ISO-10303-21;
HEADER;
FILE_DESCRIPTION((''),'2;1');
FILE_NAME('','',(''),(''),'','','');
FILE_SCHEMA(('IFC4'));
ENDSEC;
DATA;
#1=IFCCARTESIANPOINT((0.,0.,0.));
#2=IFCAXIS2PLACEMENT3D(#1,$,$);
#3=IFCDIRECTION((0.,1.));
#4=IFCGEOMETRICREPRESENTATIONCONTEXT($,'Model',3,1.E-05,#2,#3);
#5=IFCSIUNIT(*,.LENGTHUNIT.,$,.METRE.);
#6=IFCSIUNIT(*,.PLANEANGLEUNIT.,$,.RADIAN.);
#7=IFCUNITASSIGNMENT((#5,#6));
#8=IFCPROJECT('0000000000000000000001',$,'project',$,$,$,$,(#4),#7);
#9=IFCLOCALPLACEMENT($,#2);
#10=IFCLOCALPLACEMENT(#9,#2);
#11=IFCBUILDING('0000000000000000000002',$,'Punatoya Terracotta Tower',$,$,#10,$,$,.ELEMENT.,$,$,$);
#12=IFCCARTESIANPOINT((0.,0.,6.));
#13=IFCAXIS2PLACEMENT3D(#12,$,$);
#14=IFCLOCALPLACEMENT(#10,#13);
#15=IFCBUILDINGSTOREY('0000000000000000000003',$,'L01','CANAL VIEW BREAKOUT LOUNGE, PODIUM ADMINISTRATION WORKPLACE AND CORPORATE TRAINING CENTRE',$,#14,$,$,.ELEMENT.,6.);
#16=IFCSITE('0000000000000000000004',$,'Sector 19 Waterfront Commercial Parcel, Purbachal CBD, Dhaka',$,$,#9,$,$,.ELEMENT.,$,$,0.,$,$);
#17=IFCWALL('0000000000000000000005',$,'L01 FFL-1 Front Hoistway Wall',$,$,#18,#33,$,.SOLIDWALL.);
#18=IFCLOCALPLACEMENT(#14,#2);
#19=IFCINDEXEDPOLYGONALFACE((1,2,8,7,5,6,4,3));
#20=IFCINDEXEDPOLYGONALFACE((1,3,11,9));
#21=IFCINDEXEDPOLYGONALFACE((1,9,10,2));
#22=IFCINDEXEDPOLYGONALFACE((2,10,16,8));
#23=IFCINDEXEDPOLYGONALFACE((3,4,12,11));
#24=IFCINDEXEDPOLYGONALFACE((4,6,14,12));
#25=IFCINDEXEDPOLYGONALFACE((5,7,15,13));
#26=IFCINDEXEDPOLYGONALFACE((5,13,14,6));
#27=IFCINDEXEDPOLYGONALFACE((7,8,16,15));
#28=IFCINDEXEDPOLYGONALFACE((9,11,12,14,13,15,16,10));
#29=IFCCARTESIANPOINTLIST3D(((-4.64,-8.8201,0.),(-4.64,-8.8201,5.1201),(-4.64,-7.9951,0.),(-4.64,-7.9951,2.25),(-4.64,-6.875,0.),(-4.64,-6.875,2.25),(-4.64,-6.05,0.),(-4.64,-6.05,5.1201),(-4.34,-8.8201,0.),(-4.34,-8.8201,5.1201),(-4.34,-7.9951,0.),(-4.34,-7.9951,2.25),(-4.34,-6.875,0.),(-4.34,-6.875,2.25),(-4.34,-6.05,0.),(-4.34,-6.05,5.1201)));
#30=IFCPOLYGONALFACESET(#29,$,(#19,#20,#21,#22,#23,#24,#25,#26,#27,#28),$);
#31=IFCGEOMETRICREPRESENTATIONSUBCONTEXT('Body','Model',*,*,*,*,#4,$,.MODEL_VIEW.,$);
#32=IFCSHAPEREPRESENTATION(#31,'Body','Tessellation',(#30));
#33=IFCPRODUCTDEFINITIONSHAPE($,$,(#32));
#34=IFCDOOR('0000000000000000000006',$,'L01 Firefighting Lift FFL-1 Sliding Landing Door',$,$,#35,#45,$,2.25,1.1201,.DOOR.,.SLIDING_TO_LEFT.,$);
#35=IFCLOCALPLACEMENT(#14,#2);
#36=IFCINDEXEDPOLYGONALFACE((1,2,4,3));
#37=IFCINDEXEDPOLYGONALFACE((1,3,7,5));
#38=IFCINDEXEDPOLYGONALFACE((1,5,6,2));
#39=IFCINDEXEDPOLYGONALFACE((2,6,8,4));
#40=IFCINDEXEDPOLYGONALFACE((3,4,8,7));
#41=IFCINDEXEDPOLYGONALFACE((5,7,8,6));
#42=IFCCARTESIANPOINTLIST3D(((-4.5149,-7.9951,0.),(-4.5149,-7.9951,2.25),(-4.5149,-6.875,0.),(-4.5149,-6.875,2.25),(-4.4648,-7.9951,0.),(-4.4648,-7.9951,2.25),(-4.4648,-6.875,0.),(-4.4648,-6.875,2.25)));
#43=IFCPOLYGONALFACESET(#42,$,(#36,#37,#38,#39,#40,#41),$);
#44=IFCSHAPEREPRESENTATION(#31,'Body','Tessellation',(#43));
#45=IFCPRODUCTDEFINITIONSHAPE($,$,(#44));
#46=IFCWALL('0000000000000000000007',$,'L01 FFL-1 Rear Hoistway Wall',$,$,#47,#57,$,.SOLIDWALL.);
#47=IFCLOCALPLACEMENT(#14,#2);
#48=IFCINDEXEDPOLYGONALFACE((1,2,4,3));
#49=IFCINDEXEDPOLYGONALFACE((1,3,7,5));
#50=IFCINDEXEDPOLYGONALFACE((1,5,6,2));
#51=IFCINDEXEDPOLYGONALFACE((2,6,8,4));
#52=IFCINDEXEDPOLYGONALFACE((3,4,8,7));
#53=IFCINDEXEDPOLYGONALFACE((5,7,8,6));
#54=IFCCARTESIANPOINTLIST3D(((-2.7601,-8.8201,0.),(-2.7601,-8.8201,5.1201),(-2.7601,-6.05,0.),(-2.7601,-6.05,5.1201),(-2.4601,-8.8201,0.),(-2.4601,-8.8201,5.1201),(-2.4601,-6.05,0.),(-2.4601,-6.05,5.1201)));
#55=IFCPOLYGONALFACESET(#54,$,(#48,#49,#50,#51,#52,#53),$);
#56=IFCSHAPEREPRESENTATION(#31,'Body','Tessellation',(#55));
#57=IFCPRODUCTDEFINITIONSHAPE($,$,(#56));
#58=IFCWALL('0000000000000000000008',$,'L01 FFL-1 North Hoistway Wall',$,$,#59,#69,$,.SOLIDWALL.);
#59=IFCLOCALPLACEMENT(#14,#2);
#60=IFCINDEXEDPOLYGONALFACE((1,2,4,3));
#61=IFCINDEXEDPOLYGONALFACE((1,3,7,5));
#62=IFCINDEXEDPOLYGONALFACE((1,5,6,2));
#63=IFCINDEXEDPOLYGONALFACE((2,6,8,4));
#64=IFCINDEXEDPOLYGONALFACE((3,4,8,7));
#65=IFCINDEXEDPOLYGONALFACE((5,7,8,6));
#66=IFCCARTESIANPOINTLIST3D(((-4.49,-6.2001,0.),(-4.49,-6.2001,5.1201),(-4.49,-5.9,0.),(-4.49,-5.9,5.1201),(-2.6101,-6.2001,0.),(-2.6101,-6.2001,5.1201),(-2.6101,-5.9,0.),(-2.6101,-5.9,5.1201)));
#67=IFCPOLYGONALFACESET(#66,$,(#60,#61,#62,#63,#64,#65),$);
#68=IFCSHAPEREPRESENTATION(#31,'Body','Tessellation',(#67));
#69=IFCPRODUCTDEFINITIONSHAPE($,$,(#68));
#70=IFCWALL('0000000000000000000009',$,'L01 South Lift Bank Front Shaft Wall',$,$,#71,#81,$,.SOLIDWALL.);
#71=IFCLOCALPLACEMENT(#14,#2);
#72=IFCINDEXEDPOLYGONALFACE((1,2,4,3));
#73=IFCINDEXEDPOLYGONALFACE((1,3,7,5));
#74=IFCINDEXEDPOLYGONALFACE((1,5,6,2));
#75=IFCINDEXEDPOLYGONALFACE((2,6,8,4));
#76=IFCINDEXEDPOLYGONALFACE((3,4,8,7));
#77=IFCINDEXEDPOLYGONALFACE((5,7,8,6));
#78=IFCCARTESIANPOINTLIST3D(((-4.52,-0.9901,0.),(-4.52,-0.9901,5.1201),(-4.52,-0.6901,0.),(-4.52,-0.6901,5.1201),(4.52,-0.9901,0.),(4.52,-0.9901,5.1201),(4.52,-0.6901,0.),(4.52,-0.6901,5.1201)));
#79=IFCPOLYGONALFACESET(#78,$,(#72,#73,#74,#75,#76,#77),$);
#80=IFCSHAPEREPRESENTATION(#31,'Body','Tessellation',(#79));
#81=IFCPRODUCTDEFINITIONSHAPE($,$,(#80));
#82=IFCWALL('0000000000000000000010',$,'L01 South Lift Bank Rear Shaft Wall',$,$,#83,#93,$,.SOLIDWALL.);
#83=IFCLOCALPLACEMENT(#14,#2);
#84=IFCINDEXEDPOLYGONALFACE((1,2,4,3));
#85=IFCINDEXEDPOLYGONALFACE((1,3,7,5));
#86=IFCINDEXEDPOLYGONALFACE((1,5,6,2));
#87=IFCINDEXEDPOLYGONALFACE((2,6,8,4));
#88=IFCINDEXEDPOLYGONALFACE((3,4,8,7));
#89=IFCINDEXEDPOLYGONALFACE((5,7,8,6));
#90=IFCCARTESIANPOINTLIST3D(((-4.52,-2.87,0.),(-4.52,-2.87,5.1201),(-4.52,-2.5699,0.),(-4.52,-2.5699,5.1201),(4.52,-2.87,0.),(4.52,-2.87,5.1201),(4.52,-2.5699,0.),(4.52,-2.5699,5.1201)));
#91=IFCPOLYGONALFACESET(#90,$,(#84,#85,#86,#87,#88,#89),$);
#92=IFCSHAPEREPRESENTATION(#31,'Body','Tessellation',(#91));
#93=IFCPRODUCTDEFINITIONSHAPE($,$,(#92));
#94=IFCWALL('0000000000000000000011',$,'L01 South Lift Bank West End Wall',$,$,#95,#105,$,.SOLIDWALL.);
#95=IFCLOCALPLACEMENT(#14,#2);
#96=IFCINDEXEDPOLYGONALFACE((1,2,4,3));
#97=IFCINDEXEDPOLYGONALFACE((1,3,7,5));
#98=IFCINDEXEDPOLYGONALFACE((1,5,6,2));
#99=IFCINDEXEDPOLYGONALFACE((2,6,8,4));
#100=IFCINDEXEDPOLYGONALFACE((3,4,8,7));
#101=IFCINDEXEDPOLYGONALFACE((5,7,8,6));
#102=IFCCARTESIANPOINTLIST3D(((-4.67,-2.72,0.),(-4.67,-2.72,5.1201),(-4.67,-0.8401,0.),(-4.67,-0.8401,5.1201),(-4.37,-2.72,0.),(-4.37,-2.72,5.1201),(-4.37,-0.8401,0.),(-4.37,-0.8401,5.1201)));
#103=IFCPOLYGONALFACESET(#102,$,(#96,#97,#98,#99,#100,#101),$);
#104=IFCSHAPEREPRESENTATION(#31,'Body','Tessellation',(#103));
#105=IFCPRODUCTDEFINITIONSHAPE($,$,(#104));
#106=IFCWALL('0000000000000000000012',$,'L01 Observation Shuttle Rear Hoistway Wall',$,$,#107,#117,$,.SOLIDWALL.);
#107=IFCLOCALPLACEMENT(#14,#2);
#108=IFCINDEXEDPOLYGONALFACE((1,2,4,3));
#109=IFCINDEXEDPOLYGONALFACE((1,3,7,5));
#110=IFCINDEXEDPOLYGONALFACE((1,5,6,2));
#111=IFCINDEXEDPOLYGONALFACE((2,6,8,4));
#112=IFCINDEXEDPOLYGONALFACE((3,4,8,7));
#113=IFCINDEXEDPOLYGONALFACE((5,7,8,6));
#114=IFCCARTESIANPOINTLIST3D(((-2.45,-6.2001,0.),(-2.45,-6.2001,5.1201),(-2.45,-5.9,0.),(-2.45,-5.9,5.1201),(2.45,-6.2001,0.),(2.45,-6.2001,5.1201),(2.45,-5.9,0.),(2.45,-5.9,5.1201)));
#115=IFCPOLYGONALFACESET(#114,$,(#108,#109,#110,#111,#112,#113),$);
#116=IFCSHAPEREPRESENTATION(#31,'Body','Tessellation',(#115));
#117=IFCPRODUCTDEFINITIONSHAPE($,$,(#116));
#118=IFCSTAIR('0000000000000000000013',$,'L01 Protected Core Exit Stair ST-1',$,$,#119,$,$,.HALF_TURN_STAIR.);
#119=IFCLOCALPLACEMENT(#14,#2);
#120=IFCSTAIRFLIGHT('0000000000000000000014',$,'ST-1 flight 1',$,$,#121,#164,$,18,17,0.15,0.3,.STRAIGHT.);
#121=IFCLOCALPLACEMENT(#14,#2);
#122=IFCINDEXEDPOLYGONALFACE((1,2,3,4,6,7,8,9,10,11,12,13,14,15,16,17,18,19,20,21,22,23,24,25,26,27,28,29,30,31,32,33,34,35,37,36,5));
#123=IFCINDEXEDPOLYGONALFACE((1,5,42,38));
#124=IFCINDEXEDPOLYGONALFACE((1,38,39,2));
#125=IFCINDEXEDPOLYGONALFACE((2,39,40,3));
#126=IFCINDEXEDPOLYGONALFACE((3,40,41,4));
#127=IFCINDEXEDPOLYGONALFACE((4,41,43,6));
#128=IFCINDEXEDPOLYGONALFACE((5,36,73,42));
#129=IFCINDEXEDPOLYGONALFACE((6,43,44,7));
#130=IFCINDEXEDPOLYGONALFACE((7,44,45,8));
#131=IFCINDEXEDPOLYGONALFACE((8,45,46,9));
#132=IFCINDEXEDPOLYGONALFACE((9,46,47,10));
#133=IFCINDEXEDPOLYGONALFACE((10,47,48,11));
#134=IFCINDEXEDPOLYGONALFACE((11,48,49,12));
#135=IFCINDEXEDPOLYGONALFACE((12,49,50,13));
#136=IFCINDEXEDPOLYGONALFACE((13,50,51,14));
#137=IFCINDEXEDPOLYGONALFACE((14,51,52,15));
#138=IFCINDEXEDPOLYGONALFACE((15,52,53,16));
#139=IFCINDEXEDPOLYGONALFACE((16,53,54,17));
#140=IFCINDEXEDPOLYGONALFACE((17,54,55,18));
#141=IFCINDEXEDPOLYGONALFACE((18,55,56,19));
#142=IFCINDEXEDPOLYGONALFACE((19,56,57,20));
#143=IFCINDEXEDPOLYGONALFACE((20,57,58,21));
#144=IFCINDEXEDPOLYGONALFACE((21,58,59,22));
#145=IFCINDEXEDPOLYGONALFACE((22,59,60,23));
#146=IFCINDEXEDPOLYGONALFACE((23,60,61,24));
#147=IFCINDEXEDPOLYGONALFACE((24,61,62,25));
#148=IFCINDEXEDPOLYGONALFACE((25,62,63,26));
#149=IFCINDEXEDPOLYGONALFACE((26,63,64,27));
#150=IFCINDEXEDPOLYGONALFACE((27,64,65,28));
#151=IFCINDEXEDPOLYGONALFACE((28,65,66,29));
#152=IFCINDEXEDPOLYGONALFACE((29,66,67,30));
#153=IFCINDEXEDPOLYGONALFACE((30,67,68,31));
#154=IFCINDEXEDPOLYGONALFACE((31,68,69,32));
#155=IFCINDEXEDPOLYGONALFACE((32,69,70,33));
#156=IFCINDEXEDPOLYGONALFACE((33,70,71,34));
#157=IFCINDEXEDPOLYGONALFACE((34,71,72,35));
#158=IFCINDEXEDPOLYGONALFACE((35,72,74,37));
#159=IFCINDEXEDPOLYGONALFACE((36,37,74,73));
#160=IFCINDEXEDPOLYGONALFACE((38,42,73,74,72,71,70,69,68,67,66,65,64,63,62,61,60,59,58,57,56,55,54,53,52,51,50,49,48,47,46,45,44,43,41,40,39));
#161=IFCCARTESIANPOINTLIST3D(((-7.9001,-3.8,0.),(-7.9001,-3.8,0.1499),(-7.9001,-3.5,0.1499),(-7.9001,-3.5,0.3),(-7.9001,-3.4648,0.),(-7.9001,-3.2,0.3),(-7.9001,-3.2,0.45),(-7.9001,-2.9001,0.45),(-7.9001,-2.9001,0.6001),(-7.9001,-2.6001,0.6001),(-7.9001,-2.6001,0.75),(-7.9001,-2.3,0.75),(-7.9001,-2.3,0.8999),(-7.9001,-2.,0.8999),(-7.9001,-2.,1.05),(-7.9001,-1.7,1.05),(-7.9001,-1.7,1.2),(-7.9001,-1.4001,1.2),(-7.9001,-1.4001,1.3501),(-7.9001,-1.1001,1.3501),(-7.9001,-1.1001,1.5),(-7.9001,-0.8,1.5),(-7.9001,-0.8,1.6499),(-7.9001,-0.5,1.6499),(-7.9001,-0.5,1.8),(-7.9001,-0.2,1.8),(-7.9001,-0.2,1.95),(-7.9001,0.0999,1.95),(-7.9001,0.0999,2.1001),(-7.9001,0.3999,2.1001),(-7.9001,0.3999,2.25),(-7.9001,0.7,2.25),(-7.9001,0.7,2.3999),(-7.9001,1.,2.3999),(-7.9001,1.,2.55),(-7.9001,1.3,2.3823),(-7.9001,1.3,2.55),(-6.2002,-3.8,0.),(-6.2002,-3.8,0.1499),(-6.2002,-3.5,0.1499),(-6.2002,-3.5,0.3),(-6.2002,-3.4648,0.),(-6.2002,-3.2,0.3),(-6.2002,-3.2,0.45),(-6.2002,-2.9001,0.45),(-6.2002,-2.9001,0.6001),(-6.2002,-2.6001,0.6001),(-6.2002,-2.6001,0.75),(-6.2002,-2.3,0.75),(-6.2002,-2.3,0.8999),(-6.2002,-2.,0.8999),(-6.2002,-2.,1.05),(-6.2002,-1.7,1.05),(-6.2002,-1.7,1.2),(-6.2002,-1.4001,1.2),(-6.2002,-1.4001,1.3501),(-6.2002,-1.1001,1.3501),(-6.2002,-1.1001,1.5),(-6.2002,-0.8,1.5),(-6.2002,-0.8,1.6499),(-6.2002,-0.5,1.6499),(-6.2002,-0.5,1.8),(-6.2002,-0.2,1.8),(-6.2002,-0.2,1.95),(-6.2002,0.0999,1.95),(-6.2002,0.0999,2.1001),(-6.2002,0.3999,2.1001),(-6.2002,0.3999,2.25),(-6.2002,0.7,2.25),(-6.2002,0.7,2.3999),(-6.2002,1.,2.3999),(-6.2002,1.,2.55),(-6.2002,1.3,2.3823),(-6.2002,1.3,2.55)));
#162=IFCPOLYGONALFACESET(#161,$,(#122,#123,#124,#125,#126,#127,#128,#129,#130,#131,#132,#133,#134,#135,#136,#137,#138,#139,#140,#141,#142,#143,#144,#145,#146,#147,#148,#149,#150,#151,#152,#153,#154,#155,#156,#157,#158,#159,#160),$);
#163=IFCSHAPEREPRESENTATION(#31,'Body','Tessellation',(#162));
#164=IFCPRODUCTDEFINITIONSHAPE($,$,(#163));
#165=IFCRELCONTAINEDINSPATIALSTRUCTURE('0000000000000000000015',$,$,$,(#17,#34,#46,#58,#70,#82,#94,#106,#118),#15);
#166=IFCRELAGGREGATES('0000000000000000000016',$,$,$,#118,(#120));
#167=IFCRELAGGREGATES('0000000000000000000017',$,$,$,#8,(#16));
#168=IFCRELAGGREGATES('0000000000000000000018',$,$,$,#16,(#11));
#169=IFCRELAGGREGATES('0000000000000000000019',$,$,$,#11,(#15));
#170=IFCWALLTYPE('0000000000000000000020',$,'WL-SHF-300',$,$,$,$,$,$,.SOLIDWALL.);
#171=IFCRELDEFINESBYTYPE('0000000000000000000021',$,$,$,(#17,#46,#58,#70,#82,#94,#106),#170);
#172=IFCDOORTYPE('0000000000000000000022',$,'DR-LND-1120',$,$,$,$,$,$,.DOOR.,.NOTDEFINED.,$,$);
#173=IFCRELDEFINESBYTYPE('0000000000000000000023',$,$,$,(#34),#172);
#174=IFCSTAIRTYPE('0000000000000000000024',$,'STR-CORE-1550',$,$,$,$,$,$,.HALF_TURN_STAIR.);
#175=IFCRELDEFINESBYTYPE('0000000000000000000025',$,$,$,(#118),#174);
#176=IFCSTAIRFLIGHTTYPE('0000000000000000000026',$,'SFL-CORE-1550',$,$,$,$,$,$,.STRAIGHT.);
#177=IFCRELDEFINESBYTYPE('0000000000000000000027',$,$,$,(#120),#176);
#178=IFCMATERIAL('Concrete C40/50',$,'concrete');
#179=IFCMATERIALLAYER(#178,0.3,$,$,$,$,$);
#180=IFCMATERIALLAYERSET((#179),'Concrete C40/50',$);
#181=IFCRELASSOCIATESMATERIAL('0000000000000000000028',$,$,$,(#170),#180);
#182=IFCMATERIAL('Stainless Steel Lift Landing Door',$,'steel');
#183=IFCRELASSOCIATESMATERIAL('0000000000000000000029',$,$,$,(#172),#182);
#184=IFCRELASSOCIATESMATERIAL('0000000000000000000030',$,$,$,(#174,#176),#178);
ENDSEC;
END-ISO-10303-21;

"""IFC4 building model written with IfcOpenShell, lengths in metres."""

from ifc_helpers import new_model, si_unit, direction, frame, frame_2d, origin, place, context, subcontext, project, spatial, polyline, rectangle, outline, extrude, material, layer, layer_set, type_object, element, fill, aggregate, save


model = new_model("IFC4")

# Units and contexts
model_context = context("Model", 3, precision=1e-05, world=origin(), true_north=direction((0.0, 1.0)))
body_context = subcontext(model_context, "Body", "Model", "MODEL_VIEW")
ifc_project = project(units=[si_unit("LENGTHUNIT", "METRE"), si_unit("PLANEANGLEUNIT", "RADIAN")], contexts=[model_context])

# Site, building, storey
site_placement = place(None, origin())
site = spatial("IfcSite", under=ifc_project, at=site_placement, Name="Sector 19 Waterfront Commercial Parcel, Purbachal CBD, Dhaka", CompositionType="ELEMENT", RefElevation=0.0)
building_placement = place(site_placement, origin())
building = spatial("IfcBuilding", under=site, at=building_placement, Name="Punatoya Terracotta Tower", CompositionType="ELEMENT")
storey_placement = place(building_placement, frame((0.0, 0.0, 6.0)))
storey = spatial("IfcBuildingStorey", under=building, at=storey_placement, Name="L01", Description="CANAL VIEW BREAKOUT LOUNGE, PODIUM ADMINISTRATION WORKPLACE AND CORPORATE TRAINING CENTRE", CompositionType="ELEMENT", Elevation=6.0)

# Shared definitions
ifc_material_1 = material(Name="Concrete C40/50", Category="concrete")

# Shared definitions
ifc_layer_1 = layer(ifc_material_1, 0.3)
ifc_layer_set_1 = layer_set([ifc_layer_1], Name="Concrete C40/50")
wall_type_1 = type_object("IfcWallType", Name="WL-SHF-300", PredefinedType="SOLIDWALL", material=ifc_layer_set_1)

# Wall, opening, door
wall_1_placement = place(storey_placement, frame((-4.49, -8.8201, 0.0), z_axis=(0.0, 0.0, 1.0), x_axis=(0.0, 1.0, 0.0)))
wall_1 = element("IfcWall", 1, at=wall_1_placement, inside=storey, type_object=wall_type_1, Name="L01 FFL-1 Front Hoistway Wall", PredefinedType="SOLIDWALL", context=body_context, shape_type="SweptSolid", body=[
    extrude(rectangle(XDim=2.77, YDim=0.3, at=frame_2d((1.385, 0.0))), origin(), (0.0, 0.0, 1.0), 5.1201),
])
opening_1_placement = place(wall_1_placement, frame((0.825, 0.0, 0.0)))
opening_1 = element("IfcOpeningElement", 2, at=opening_1_placement, cuts=wall_1, PredefinedType="OPENING", context=body_context, shape_type="SweptSolid", body=[
    extrude(rectangle(XDim=1.1201, YDim=2.25, at=frame_2d((0.5601, 1.125))), frame((0.0, 0.1599, 0.0), z_axis=(0.0, -1.0, 0.0), x_axis=(1.0, 0.0, 0.0)), (0.0, 0.0, 1.0), 0.3201),
])
ifc_material_2 = material(Name="Stainless Steel Lift Landing Door", Category="steel")
door_type_1 = type_object("IfcDoorType", Name="DR-LND-1120", OperationType="NOTDEFINED", PredefinedType="DOOR", material=ifc_material_2)
door_1_placement = place(opening_1_placement, origin())
door_1 = element("IfcDoor", 3, at=door_1_placement, inside=storey, type_object=door_type_1, Name="L01 Firefighting Lift FFL-1 Sliding Landing Door", OperationType="SLIDING_TO_LEFT", OverallHeight=2.25, OverallWidth=1.1201, PredefinedType="DOOR", context=body_context, shape_type="SweptSolid", body=[
    extrude(rectangle(XDim=1.1201, YDim=2.25, at=frame_2d((0.5601, 1.125))), frame((0.0, 0.0249, 0.0), z_axis=(0.0, -1.0, 0.0), x_axis=(1.0, 0.0, 0.0)), (0.0, 0.0, 1.0), 0.05),
])
fill(opening_1, door_1)

# Walls
wall_2_placement = place(storey_placement, frame((-2.6101, -8.8201, 0.0), z_axis=(0.0, 0.0, 1.0), x_axis=(0.0, 1.0, 0.0)))
element("IfcWall", 4, at=wall_2_placement, inside=storey, type_object=wall_type_1, Name="L01 FFL-1 Rear Hoistway Wall", PredefinedType="SOLIDWALL", context=body_context, shape_type="SweptSolid", body=[
    extrude(rectangle(XDim=2.77, YDim=0.3, at=frame_2d((1.385, 0.0))), origin(), (0.0, 0.0, 1.0), 5.1201),
])
wall_3_placement = place(storey_placement, frame((-4.49, -6.05, 0.0), z_axis=(0.0, 0.0, 1.0), x_axis=(1.0, 0.0, 0.0)))
element("IfcWall", 5, at=wall_3_placement, inside=storey, type_object=wall_type_1, Name="L01 FFL-1 North Hoistway Wall", PredefinedType="SOLIDWALL", context=body_context, shape_type="SweptSolid", body=[
    extrude(rectangle(XDim=1.8799, YDim=0.3, at=frame_2d((0.9399, 0.0))), origin(), (0.0, 0.0, 1.0), 5.1201),
])
for number, where, z_axis, x_axis, name in (
    (6, (-4.52, -0.8401, 0.0), (0.0, 0.0, 1.0), (1.0, 0.0, 0.0), "L01 South Lift Bank Front Shaft Wall"),
    (7, (-4.52, -2.72, 0.0), (0.0, 0.0, 1.0), (1.0, 0.0, 0.0), "L01 South Lift Bank Rear Shaft Wall"),
):
    element("IfcWall", number, at=place(storey_placement, frame(where, z_axis=z_axis, x_axis=x_axis)), inside=storey, type_object=wall_type_1, Name=name, PredefinedType="SOLIDWALL", context=body_context, shape_type="SweptSolid", body=[
        extrude(rectangle(XDim=9.04, YDim=0.3, at=frame_2d((4.52, 0.0))), origin(), (0.0, 0.0, 1.0), 5.1201),
    ])
wall_4_placement = place(storey_placement, frame((-4.52, -2.72, 0.0), z_axis=(0.0, 0.0, 1.0), x_axis=(0.0, 1.0, 0.0)))
element("IfcWall", 8, at=wall_4_placement, inside=storey, type_object=wall_type_1, Name="L01 South Lift Bank West End Wall", PredefinedType="SOLIDWALL", context=body_context, shape_type="SweptSolid", body=[
    extrude(rectangle(XDim=1.8799, YDim=0.3, at=frame_2d((0.9399, 0.0))), origin(), (0.0, 0.0, 1.0), 5.1201),
])
wall_5_placement = place(storey_placement, frame((-2.45, -6.05, 0.0), z_axis=(0.0, 0.0, 1.0), x_axis=(1.0, 0.0, 0.0)))
element("IfcWall", 9, at=wall_5_placement, inside=storey, type_object=wall_type_1, Name="L01 Observation Shuttle Rear Hoistway Wall", PredefinedType="SOLIDWALL", context=body_context, shape_type="SweptSolid", body=[
    extrude(rectangle(XDim=4.8999, YDim=0.3, at=frame_2d((2.45, 0.0))), origin(), (0.0, 0.0, 1.0), 5.1201),
])

# Stair, stair flight
stair_type = type_object("IfcStairType", Name="STR-CORE-1550", PredefinedType="HALF_TURN_STAIR", material=ifc_material_1)
stair_placement = place(storey_placement, origin())
stair = element("IfcStair", 10, at=stair_placement, inside=storey, type_object=stair_type, Name="L01 Protected Core Exit Stair ST-1", PredefinedType="HALF_TURN_STAIR")
stair_flight_type = type_object("IfcStairFlightType", Name="SFL-CORE-1550", PredefinedType="STRAIGHT", material=ifc_material_1)
stair_flight_placement = place(storey_placement, frame((-7.05, -3.8, 0.0), z_axis=(0.0, 0.0, 1.0), x_axis=(0.0, 1.0, 0.0)))
stair_flight = element("IfcStairFlight", 11, at=stair_flight_placement, type_object=stair_flight_type, Name="ST-1 flight 1", NumberOfRisers=18, NumberOfTreads=17, PredefinedType="STRAIGHT", RiserHeight=0.15, TreadLength=0.3, context=body_context, shape_type="SweptSolid", body=[
    extrude(outline(polyline([(0.0, 0.0), (0.0, 0.1499), (0.3, 0.1499), (0.3, 0.3), (0.6001, 0.3), (0.6001, 0.45), (0.8999, 0.45), (0.8999, 0.6001), (1.2, 0.6001), (1.2, 0.75), (1.5, 0.75), (1.5, 0.8999), (1.8, 0.8999), (1.8, 1.05), (2.1001, 1.05), (2.1001, 1.2), (2.3999, 1.2), (2.3999, 1.3501), (2.7, 1.3501), (2.7, 1.5), (3.0, 1.5), (3.0, 1.6499), (3.3, 1.6499), (3.3, 1.8), (3.6001, 1.8), (3.6001, 1.95), (3.8999, 1.95), (3.8999, 2.1001), (4.2, 2.1001), (4.2, 2.25), (4.5, 2.25), (4.5, 2.3999), (4.8, 2.3999), (4.8, 2.55), (5.1001, 2.55), (5.1001, 2.7), (5.1001, 2.3823), (0.3352, 0.0), (0.0, 0.0)])), frame((0.0, 0.8501, 0.0), z_axis=(0.0, -1.0, 0.0), x_axis=(1.0, 0.0, 0.0)), (0.0, 0.0, 1.0), 1.7),
])
aggregate(stair, [stair_flight])

save(model, "model.ifc")
